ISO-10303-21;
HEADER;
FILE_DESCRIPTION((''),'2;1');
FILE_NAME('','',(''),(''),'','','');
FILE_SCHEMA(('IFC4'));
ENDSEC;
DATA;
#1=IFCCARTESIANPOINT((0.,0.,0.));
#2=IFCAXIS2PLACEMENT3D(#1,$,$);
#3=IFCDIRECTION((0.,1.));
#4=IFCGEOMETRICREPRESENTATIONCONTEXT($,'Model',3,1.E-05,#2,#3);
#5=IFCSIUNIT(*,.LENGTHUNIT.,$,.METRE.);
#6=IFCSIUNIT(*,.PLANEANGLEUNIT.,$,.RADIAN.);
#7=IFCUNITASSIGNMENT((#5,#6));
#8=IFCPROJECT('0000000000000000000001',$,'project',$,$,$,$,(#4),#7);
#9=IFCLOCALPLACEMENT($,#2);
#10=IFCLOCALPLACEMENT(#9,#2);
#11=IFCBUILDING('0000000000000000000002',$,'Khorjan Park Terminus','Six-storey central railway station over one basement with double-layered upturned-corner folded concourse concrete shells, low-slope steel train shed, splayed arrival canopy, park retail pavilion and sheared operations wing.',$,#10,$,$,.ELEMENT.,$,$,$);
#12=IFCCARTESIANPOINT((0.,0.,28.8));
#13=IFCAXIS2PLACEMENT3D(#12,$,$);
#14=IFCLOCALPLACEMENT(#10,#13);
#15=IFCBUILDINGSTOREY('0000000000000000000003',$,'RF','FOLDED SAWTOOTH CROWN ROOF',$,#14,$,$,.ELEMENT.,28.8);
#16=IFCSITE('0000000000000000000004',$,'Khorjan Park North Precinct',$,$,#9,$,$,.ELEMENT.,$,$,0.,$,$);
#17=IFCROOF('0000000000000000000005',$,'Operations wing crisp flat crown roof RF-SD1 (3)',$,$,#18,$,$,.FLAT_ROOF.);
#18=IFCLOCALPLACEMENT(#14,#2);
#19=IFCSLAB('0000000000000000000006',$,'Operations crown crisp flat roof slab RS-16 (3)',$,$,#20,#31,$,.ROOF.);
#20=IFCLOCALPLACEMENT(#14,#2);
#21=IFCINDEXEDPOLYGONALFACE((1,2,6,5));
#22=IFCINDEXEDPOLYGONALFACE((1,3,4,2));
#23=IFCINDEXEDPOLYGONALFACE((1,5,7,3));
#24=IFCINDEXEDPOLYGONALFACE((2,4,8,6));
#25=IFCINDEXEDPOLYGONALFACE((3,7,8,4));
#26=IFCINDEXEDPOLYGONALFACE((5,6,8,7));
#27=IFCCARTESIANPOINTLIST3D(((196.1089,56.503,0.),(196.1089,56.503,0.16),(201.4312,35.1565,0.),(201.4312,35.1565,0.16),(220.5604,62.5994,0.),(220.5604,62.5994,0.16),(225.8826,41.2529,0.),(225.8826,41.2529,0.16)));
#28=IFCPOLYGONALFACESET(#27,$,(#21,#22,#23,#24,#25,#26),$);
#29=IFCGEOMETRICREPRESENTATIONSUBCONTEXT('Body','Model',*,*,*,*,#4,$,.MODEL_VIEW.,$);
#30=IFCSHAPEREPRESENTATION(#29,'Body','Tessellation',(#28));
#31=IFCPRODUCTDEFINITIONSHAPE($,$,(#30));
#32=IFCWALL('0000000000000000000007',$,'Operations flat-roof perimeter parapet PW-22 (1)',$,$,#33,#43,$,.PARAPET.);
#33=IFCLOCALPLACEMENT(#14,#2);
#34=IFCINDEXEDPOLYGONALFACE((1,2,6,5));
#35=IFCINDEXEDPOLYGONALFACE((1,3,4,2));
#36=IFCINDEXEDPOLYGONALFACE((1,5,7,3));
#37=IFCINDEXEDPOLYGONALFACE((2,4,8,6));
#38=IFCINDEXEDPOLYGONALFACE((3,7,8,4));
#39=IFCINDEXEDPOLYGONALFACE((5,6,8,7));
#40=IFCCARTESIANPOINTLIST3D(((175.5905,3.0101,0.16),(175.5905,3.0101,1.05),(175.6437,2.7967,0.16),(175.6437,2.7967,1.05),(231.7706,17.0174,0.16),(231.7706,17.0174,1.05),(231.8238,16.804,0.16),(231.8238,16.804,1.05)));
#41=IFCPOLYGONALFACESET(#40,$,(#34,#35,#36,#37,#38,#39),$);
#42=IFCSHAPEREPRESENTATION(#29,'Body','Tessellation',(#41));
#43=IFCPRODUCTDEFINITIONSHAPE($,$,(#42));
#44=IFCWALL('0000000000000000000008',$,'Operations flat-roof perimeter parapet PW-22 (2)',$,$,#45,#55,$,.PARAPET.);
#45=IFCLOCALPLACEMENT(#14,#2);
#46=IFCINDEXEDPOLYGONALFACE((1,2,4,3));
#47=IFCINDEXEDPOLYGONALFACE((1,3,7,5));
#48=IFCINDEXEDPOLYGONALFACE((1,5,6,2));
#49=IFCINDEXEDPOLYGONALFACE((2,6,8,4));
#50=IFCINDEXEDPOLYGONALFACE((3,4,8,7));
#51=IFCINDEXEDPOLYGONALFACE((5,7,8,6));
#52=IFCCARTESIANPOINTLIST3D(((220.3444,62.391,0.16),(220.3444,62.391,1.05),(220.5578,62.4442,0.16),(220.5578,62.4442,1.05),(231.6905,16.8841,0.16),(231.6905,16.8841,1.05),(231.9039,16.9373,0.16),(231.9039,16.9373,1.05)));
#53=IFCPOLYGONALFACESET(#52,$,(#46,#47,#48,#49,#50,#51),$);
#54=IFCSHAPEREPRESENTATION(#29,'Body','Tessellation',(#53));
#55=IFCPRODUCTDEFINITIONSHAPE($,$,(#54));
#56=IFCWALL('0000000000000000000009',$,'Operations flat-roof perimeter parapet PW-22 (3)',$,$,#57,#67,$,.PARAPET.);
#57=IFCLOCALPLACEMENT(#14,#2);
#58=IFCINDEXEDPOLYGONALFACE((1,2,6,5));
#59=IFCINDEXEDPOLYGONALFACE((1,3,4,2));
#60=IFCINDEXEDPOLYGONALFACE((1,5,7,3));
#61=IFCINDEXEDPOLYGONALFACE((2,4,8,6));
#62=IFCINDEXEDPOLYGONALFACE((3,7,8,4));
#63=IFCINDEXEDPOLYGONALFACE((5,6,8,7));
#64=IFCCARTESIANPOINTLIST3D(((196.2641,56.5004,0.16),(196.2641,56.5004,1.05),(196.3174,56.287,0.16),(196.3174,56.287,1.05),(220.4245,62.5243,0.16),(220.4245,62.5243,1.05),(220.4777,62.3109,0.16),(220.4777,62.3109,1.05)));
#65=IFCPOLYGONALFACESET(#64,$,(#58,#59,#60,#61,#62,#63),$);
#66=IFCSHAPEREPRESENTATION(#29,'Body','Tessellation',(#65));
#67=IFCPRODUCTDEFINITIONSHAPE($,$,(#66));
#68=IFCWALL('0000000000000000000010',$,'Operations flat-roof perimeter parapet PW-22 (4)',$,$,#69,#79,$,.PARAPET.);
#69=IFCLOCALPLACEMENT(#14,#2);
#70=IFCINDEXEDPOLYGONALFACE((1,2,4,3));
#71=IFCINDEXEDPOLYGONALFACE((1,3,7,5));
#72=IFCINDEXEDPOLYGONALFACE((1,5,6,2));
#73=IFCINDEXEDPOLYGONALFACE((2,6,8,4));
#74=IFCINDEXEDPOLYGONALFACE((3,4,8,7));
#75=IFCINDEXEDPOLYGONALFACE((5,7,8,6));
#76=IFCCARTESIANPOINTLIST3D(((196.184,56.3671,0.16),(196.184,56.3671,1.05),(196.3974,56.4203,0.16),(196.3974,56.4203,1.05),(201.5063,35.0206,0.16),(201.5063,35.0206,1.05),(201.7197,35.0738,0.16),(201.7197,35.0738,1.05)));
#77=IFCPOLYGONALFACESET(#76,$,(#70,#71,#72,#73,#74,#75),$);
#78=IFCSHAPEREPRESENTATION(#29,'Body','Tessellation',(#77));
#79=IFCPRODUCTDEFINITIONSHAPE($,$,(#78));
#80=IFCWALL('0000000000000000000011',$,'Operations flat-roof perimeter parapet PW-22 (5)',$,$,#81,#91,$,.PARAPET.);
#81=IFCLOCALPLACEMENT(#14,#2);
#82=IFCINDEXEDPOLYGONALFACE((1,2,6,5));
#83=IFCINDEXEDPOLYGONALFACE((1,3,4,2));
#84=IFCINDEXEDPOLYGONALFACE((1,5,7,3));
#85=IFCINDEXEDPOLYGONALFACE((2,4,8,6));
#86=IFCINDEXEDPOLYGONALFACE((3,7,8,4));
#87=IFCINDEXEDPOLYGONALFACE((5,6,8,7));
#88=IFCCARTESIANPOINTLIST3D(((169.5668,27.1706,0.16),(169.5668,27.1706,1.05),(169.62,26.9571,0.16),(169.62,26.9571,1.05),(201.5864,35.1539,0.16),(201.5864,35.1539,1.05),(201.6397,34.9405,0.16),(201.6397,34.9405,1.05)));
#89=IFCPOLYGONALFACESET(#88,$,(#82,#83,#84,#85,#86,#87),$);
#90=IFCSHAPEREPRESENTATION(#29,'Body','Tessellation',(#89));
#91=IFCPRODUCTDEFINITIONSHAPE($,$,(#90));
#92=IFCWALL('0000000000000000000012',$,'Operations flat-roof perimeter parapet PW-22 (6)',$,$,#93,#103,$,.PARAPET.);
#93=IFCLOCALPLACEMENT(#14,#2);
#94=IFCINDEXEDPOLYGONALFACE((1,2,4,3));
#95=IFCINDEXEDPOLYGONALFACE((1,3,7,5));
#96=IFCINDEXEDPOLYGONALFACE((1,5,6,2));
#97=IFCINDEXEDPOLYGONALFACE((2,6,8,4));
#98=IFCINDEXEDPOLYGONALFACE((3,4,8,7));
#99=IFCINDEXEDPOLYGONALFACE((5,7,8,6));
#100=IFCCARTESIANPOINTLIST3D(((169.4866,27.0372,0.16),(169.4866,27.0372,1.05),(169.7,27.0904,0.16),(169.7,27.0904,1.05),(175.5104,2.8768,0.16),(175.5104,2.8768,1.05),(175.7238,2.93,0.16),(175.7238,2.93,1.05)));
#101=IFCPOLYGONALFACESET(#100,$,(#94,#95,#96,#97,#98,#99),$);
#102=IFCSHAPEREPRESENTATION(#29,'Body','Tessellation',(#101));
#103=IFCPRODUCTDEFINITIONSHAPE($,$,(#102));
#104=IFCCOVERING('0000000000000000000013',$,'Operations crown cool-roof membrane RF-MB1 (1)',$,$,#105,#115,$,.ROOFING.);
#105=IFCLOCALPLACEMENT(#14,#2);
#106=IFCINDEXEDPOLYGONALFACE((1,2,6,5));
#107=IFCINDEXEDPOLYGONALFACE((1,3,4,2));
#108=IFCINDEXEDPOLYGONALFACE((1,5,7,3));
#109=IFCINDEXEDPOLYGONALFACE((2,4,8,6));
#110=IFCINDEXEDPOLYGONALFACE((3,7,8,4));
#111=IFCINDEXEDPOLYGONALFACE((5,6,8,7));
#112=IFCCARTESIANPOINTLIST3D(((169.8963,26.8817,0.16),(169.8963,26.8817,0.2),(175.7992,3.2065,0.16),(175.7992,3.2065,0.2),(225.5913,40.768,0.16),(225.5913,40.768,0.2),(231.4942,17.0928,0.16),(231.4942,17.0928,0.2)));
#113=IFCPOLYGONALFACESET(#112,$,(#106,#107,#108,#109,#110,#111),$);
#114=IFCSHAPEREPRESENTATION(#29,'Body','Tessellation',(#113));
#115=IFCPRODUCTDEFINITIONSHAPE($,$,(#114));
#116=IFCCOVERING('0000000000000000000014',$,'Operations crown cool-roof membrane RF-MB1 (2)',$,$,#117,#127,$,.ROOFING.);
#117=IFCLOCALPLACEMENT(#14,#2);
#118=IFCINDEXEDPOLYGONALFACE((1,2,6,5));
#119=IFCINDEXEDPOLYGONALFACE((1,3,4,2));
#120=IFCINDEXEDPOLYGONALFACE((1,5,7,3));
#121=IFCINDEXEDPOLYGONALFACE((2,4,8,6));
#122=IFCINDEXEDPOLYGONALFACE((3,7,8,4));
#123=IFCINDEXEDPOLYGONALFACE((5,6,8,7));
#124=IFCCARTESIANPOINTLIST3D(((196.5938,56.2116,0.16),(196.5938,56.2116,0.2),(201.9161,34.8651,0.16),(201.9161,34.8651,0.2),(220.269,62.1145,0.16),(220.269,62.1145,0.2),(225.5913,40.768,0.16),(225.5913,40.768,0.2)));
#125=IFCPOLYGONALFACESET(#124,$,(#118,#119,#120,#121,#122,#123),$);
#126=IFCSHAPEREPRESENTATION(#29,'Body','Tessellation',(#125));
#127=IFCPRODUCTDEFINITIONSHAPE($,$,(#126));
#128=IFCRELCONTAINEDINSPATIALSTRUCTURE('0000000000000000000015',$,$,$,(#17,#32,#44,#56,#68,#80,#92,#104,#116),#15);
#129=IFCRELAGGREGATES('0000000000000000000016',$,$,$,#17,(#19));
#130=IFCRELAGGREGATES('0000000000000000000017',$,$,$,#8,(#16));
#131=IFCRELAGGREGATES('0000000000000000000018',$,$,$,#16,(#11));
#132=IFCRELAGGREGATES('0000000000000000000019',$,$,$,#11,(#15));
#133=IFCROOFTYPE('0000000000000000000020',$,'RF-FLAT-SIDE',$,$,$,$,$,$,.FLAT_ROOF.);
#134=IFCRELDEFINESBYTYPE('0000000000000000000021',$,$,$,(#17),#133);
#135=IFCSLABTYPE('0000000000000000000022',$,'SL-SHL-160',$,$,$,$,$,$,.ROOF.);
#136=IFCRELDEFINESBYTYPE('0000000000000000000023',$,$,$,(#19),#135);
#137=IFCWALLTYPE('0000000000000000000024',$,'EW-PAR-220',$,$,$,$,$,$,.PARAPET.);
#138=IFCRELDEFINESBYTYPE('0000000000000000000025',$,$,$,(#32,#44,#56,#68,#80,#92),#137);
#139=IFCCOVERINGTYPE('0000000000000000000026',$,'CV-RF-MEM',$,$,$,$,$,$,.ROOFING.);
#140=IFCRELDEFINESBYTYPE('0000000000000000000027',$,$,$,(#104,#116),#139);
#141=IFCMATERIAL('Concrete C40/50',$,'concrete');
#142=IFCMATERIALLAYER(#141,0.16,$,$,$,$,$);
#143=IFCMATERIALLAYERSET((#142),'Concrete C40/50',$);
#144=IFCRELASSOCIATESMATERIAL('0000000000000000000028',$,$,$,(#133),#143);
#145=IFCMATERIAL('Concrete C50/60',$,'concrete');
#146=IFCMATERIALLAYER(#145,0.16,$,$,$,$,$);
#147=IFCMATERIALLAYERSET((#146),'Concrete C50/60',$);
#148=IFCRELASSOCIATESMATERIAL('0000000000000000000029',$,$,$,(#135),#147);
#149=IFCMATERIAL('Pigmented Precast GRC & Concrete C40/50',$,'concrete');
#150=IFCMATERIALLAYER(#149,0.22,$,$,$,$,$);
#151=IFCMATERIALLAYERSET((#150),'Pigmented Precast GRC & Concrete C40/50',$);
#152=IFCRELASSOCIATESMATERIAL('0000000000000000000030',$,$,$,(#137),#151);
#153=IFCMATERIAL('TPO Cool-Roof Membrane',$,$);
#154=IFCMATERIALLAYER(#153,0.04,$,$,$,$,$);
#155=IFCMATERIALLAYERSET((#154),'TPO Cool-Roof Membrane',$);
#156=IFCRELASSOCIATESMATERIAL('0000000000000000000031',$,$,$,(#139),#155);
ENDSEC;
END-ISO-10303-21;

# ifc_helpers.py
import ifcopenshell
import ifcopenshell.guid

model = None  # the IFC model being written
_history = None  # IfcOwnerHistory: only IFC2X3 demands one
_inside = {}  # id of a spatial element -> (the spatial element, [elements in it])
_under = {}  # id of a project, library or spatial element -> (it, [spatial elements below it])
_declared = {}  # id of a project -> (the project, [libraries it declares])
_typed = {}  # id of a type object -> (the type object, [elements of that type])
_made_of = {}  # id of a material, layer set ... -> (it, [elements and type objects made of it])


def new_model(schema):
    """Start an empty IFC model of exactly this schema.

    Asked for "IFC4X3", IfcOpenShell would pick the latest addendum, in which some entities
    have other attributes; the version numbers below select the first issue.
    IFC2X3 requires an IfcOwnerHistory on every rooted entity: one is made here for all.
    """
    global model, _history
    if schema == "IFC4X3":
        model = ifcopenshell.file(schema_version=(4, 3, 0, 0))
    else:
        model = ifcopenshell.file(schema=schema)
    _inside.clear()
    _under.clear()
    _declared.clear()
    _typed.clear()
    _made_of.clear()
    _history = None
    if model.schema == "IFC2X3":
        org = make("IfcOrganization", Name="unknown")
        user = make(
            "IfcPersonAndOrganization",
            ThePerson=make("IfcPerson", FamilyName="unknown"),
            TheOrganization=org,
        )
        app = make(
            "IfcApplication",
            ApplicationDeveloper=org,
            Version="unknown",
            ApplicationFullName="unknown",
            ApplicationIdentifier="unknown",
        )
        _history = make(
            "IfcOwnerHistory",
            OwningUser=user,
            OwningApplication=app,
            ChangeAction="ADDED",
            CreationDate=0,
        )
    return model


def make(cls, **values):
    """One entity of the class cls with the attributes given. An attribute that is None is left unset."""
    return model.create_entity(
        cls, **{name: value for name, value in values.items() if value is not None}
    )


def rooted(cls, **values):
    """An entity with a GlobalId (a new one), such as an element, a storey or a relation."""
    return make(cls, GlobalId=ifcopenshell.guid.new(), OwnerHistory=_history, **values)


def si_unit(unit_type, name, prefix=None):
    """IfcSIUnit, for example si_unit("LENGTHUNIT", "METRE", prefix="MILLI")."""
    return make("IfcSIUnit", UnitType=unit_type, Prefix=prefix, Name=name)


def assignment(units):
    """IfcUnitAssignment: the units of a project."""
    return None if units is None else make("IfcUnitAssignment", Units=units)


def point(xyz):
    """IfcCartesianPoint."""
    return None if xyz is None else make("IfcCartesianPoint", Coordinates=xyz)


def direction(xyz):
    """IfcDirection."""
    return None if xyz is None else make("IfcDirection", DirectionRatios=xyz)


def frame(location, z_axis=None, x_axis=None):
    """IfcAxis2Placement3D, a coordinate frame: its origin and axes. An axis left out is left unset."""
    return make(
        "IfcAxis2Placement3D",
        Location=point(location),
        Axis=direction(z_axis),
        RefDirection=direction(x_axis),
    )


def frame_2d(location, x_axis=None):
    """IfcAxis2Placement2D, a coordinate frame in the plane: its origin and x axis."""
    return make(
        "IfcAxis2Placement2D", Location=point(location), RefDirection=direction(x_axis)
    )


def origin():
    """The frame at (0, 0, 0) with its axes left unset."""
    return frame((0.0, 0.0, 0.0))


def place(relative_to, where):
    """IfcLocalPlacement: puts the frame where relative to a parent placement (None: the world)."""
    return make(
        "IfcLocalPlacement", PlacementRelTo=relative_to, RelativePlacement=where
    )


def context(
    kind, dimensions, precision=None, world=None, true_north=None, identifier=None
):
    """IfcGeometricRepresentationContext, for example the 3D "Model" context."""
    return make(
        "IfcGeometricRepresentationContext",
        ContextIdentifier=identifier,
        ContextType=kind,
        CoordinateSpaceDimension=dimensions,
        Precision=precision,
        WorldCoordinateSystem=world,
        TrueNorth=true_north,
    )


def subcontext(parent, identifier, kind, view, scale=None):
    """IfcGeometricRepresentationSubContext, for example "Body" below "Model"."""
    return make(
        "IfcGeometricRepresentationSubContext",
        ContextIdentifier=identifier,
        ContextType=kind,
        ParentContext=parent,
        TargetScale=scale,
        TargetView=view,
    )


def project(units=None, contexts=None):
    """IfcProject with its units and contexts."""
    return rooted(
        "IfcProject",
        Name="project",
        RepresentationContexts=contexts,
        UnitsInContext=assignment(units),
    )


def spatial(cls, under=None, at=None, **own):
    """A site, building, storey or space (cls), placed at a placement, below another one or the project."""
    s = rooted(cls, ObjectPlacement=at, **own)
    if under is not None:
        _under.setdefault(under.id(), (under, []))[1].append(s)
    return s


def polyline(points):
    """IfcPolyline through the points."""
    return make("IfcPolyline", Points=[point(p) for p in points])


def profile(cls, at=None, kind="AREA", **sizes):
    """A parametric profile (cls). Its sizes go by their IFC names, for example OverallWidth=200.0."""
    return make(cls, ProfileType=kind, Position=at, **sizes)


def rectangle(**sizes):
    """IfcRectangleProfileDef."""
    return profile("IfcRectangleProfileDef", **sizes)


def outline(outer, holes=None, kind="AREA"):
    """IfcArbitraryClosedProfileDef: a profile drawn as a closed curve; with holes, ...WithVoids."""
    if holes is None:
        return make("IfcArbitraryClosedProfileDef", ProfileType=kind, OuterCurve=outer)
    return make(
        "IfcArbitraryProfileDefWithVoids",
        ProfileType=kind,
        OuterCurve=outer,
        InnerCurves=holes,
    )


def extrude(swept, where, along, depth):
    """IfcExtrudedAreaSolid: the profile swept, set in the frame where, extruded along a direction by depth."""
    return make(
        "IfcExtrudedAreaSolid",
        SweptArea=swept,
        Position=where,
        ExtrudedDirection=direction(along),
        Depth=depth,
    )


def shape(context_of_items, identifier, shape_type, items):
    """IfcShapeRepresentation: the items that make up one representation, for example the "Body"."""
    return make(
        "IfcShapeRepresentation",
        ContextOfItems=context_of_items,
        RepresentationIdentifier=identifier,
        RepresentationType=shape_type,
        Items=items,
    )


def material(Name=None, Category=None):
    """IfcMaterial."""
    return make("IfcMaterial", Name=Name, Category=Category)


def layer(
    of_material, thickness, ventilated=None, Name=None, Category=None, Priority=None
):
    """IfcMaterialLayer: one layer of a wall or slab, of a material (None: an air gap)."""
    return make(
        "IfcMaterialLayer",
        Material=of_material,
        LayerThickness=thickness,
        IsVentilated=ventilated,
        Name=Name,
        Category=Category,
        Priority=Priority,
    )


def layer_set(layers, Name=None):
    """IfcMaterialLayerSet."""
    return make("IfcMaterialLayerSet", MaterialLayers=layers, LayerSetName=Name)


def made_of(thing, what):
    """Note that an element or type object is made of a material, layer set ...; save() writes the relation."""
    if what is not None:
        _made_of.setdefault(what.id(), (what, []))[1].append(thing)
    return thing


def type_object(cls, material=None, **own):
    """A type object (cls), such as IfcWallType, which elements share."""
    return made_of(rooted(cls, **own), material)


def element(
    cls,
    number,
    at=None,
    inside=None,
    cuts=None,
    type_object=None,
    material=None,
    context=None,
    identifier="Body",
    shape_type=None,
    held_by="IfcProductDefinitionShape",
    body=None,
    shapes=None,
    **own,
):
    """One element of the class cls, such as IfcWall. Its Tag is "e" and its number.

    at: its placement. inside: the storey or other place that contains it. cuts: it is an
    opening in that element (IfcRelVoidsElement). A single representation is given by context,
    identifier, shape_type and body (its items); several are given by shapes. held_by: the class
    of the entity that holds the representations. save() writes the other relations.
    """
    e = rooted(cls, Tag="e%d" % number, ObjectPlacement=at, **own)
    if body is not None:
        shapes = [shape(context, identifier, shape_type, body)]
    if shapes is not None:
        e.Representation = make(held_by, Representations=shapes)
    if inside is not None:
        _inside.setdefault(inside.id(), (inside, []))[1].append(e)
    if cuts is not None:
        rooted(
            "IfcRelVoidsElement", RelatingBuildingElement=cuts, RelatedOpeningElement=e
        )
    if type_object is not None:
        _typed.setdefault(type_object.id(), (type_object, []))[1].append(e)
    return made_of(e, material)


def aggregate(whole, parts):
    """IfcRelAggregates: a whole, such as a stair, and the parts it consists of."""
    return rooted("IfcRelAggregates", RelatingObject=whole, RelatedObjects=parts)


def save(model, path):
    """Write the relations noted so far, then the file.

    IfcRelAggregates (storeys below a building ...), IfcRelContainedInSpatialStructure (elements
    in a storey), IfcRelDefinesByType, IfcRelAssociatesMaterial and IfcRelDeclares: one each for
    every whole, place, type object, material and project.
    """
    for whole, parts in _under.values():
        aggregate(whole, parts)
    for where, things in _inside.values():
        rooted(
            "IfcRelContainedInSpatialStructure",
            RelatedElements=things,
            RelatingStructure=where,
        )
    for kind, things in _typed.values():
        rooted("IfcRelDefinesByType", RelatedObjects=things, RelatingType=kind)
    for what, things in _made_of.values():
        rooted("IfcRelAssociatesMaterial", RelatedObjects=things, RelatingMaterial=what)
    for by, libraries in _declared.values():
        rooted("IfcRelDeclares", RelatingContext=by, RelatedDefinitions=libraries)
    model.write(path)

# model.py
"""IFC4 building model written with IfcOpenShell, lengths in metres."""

from ifc_helpers import new_model, si_unit, direction, frame, frame_2d, origin, place, context, subcontext, project, spatial, polyline, rectangle, outline, extrude, material, layer, layer_set, type_object, element, aggregate, save


model = new_model("IFC4")

# Units and contexts
model_context = context("Model", 3, precision=1e-05, world=origin(), true_north=direction((0.0, 1.0)))
body_context = subcontext(model_context, "Body", "Model", "MODEL_VIEW")
ifc_project = project(units=[si_unit("LENGTHUNIT", "METRE"), si_unit("PLANEANGLEUNIT", "RADIAN")], contexts=[model_context])

# Site, building, storey
site_placement = place(None, origin())
site = spatial("IfcSite", under=ifc_project, at=site_placement, Name="Khorjan Park North Precinct", CompositionType="ELEMENT", RefElevation=0.0)
building_placement = place(site_placement, origin())
building = spatial("IfcBuilding", under=site, at=building_placement, Name="Khorjan Park Terminus", Description="Six-storey central railway station over one basement with double-layered upturned-corner folded concourse concrete shells, low-slope steel train shed, splayed arrival canopy, park retail pavilion and sheared operations wing.", CompositionType="ELEMENT")
storey_placement = place(building_placement, frame((0.0, 0.0, 28.8)))
storey = spatial("IfcBuildingStorey", under=building, at=storey_placement, Name="RF", Description="FOLDED SAWTOOTH CROWN ROOF", CompositionType="ELEMENT", Elevation=28.8)

# Shared definitions
ifc_material_1 = material(Name="Concrete C40/50", Category="concrete")

# Roof, slab
ifc_layer_1 = layer(ifc_material_1, 0.16)
ifc_layer_set_1 = layer_set([ifc_layer_1], Name="Concrete C40/50")
roof_type = type_object("IfcRoofType", Name="RF-FLAT-SIDE", PredefinedType="FLAT_ROOF", material=ifc_layer_set_1)
ifc_material_2 = material(Name="Concrete C50/60", Category="concrete")
ifc_layer_2 = layer(ifc_material_2, 0.16)
ifc_layer_set_2 = layer_set([ifc_layer_2], Name="Concrete C50/60")
slab_type = type_object("IfcSlabType", Name="SL-SHL-160", PredefinedType="ROOF", material=ifc_layer_set_2)
roof_1_placement = place(storey_placement, origin())
roof_1 = element("IfcRoof", 1, at=roof_1_placement, inside=storey, type_object=roof_type, Name="Operations wing crisp flat crown roof RF-SD1 (3)", PredefinedType="FLAT_ROOF")
slab_1_placement = place(storey_placement, origin())
slab_1 = element("IfcSlab", 2, at=slab_1_placement, type_object=slab_type, Name="Operations crown crisp flat roof slab RS-16 (3)", PredefinedType="ROOF", context=body_context, shape_type="SweptSolid", body=[
    extrude(outline(polyline([(201.4312, 35.1565), (225.8826, 41.2529), (220.5604, 62.5994), (196.1089, 56.503), (201.4312, 35.1565)])), origin(), (0.0, 0.0, 1.0), 0.16),
])
aggregate(roof_1, [slab_1])

# Walls
ifc_material_3 = material(Name="Pigmented Precast GRC & Concrete C40/50", Category="concrete")
ifc_layer_3 = layer(ifc_material_3, 0.22)
ifc_layer_set_3 = layer_set([ifc_layer_3], Name="Pigmented Precast GRC & Concrete C40/50")
wall_type = type_object("IfcWallType", Name="EW-PAR-220", PredefinedType="PARAPET", material=ifc_layer_set_3)
wall_1_placement = place(storey_placement, frame((175.6171, 2.9034, 0.16), z_axis=(0.0, 0.0, 1.0), x_axis=(0.970296, 0.241922, 0.0)))
element("IfcWall", 3, at=wall_1_placement, inside=storey, type_object=wall_type, Name="Operations flat-roof perimeter parapet PW-22 (1)", PredefinedType="PARAPET", context=body_context, shape_type="SweptSolid", body=[
    extrude(rectangle(XDim=57.9, YDim=0.22, at=frame_2d((28.95, 0.0))), origin(), (0.0, 0.0, 1.0), 0.89),
])
wall_2_placement = place(storey_placement, frame((231.7972, 16.9107, 0.16), z_axis=(0.0, 0.0, 1.0), x_axis=(-0.241921, 0.970296, 0.0)))
element("IfcWall", 4, at=wall_2_placement, inside=storey, type_object=wall_type, Name="Operations flat-roof perimeter parapet PW-22 (2)", PredefinedType="PARAPET", context=body_context, shape_type="SweptSolid", body=[
    extrude(rectangle(XDim=46.9, YDim=0.22, at=frame_2d((23.45, 0.0))), origin(), (0.0, 0.0, 1.0), 0.89),
])
wall_3_placement = place(storey_placement, frame((220.4511, 62.4176, 0.16), z_axis=(0.0, 0.0, 1.0), x_axis=(-0.970295, -0.241923, 0.0)))
element("IfcWall", 5, at=wall_3_placement, inside=storey, type_object=wall_type, Name="Operations flat-roof perimeter parapet PW-22 (3)", PredefinedType="PARAPET", context=body_context, shape_type="SweptSolid", body=[
    extrude(rectangle(XDim=24.9, YDim=0.22, at=frame_2d((12.45, 0.0))), origin(), (0.0, 0.0, 1.0), 0.89),
])
wall_4_placement = place(storey_placement, frame((196.2907, 56.3937, 0.16), z_axis=(0.0, 0.0, 1.0), x_axis=(0.241923, -0.970296, 0.0)))
element("IfcWall", 6, at=wall_4_placement, inside=storey, type_object=wall_type, Name="Operations flat-roof perimeter parapet PW-22 (4)", PredefinedType="PARAPET", context=body_context, shape_type="SweptSolid", body=[
    extrude(rectangle(XDim=22.0, YDim=0.22, at=frame_2d((11.0, 0.0))), origin(), (0.0, 0.0, 1.0), 0.89),
])
wall_5_placement = place(storey_placement, frame((201.613, 35.0472, 0.16), z_axis=(0.0, 0.0, 1.0), x_axis=(-0.970296, -0.241922, 0.0)))
element("IfcWall", 7, at=wall_5_placement, inside=storey, type_object=wall_type, Name="Operations flat-roof perimeter parapet PW-22 (5)", PredefinedType="PARAPET", context=body_context, shape_type="SweptSolid", body=[
    extrude(rectangle(XDim=32.9999, YDim=0.22, at=frame_2d((16.4999, 0.0))), origin(), (0.0, 0.0, 1.0), 0.89),
])
wall_6_placement = place(storey_placement, frame((169.5933, 27.0638, 0.16), z_axis=(0.0, 0.0, 1.0), x_axis=(0.241919, -0.970296, 0.0)))
element("IfcWall", 8, at=wall_6_placement, inside=storey, type_object=wall_type, Name="Operations flat-roof perimeter parapet PW-22 (6)", PredefinedType="PARAPET", context=body_context, shape_type="SweptSolid", body=[
    extrude(rectangle(XDim=24.9, YDim=0.22, at=frame_2d((12.45, 0.0))), origin(), (0.0, 0.0, 1.0), 0.89),
])

# Coverings
ifc_material_4 = material(Name="TPO Cool-Roof Membrane")
ifc_layer_4 = layer(ifc_material_4, 0.04)
ifc_layer_set_4 = layer_set([ifc_layer_4], Name="TPO Cool-Roof Membrane")
covering_type = type_object("IfcCoveringType", Name="CV-RF-MEM", PredefinedType="ROOFING", material=ifc_layer_set_4)
covering_1_placement = place(storey_placement, frame((0.0, 0.0, 0.16)))
element("IfcCovering", 9, at=covering_1_placement, inside=storey, type_object=covering_type, Name="Operations crown cool-roof membrane RF-MB1 (1)", PredefinedType="ROOFING", context=body_context, shape_type="SweptSolid", body=[
    extrude(outline(polyline([(175.7992, 3.2065), (231.4942, 17.0928), (225.5913, 40.768), (169.8963, 26.8817), (175.7992, 3.2065)])), origin(), (0.0, 0.0, 1.0), 0.04),
])
covering_2_placement = place(storey_placement, frame((0.0, 0.0, 0.16)))
element("IfcCovering", 10, at=covering_2_placement, inside=storey, type_object=covering_type, Name="Operations crown cool-roof membrane RF-MB1 (2)", PredefinedType="ROOFING", context=body_context, shape_type="SweptSolid", body=[
    extrude(outline(polyline([(201.9161, 34.8651), (225.5913, 40.768), (220.269, 62.1145), (196.5938, 56.2116), (201.9161, 34.8651)])), origin(), (0.0, 0.0, 1.0), 0.04),
])

save(model, "model.ifc")
